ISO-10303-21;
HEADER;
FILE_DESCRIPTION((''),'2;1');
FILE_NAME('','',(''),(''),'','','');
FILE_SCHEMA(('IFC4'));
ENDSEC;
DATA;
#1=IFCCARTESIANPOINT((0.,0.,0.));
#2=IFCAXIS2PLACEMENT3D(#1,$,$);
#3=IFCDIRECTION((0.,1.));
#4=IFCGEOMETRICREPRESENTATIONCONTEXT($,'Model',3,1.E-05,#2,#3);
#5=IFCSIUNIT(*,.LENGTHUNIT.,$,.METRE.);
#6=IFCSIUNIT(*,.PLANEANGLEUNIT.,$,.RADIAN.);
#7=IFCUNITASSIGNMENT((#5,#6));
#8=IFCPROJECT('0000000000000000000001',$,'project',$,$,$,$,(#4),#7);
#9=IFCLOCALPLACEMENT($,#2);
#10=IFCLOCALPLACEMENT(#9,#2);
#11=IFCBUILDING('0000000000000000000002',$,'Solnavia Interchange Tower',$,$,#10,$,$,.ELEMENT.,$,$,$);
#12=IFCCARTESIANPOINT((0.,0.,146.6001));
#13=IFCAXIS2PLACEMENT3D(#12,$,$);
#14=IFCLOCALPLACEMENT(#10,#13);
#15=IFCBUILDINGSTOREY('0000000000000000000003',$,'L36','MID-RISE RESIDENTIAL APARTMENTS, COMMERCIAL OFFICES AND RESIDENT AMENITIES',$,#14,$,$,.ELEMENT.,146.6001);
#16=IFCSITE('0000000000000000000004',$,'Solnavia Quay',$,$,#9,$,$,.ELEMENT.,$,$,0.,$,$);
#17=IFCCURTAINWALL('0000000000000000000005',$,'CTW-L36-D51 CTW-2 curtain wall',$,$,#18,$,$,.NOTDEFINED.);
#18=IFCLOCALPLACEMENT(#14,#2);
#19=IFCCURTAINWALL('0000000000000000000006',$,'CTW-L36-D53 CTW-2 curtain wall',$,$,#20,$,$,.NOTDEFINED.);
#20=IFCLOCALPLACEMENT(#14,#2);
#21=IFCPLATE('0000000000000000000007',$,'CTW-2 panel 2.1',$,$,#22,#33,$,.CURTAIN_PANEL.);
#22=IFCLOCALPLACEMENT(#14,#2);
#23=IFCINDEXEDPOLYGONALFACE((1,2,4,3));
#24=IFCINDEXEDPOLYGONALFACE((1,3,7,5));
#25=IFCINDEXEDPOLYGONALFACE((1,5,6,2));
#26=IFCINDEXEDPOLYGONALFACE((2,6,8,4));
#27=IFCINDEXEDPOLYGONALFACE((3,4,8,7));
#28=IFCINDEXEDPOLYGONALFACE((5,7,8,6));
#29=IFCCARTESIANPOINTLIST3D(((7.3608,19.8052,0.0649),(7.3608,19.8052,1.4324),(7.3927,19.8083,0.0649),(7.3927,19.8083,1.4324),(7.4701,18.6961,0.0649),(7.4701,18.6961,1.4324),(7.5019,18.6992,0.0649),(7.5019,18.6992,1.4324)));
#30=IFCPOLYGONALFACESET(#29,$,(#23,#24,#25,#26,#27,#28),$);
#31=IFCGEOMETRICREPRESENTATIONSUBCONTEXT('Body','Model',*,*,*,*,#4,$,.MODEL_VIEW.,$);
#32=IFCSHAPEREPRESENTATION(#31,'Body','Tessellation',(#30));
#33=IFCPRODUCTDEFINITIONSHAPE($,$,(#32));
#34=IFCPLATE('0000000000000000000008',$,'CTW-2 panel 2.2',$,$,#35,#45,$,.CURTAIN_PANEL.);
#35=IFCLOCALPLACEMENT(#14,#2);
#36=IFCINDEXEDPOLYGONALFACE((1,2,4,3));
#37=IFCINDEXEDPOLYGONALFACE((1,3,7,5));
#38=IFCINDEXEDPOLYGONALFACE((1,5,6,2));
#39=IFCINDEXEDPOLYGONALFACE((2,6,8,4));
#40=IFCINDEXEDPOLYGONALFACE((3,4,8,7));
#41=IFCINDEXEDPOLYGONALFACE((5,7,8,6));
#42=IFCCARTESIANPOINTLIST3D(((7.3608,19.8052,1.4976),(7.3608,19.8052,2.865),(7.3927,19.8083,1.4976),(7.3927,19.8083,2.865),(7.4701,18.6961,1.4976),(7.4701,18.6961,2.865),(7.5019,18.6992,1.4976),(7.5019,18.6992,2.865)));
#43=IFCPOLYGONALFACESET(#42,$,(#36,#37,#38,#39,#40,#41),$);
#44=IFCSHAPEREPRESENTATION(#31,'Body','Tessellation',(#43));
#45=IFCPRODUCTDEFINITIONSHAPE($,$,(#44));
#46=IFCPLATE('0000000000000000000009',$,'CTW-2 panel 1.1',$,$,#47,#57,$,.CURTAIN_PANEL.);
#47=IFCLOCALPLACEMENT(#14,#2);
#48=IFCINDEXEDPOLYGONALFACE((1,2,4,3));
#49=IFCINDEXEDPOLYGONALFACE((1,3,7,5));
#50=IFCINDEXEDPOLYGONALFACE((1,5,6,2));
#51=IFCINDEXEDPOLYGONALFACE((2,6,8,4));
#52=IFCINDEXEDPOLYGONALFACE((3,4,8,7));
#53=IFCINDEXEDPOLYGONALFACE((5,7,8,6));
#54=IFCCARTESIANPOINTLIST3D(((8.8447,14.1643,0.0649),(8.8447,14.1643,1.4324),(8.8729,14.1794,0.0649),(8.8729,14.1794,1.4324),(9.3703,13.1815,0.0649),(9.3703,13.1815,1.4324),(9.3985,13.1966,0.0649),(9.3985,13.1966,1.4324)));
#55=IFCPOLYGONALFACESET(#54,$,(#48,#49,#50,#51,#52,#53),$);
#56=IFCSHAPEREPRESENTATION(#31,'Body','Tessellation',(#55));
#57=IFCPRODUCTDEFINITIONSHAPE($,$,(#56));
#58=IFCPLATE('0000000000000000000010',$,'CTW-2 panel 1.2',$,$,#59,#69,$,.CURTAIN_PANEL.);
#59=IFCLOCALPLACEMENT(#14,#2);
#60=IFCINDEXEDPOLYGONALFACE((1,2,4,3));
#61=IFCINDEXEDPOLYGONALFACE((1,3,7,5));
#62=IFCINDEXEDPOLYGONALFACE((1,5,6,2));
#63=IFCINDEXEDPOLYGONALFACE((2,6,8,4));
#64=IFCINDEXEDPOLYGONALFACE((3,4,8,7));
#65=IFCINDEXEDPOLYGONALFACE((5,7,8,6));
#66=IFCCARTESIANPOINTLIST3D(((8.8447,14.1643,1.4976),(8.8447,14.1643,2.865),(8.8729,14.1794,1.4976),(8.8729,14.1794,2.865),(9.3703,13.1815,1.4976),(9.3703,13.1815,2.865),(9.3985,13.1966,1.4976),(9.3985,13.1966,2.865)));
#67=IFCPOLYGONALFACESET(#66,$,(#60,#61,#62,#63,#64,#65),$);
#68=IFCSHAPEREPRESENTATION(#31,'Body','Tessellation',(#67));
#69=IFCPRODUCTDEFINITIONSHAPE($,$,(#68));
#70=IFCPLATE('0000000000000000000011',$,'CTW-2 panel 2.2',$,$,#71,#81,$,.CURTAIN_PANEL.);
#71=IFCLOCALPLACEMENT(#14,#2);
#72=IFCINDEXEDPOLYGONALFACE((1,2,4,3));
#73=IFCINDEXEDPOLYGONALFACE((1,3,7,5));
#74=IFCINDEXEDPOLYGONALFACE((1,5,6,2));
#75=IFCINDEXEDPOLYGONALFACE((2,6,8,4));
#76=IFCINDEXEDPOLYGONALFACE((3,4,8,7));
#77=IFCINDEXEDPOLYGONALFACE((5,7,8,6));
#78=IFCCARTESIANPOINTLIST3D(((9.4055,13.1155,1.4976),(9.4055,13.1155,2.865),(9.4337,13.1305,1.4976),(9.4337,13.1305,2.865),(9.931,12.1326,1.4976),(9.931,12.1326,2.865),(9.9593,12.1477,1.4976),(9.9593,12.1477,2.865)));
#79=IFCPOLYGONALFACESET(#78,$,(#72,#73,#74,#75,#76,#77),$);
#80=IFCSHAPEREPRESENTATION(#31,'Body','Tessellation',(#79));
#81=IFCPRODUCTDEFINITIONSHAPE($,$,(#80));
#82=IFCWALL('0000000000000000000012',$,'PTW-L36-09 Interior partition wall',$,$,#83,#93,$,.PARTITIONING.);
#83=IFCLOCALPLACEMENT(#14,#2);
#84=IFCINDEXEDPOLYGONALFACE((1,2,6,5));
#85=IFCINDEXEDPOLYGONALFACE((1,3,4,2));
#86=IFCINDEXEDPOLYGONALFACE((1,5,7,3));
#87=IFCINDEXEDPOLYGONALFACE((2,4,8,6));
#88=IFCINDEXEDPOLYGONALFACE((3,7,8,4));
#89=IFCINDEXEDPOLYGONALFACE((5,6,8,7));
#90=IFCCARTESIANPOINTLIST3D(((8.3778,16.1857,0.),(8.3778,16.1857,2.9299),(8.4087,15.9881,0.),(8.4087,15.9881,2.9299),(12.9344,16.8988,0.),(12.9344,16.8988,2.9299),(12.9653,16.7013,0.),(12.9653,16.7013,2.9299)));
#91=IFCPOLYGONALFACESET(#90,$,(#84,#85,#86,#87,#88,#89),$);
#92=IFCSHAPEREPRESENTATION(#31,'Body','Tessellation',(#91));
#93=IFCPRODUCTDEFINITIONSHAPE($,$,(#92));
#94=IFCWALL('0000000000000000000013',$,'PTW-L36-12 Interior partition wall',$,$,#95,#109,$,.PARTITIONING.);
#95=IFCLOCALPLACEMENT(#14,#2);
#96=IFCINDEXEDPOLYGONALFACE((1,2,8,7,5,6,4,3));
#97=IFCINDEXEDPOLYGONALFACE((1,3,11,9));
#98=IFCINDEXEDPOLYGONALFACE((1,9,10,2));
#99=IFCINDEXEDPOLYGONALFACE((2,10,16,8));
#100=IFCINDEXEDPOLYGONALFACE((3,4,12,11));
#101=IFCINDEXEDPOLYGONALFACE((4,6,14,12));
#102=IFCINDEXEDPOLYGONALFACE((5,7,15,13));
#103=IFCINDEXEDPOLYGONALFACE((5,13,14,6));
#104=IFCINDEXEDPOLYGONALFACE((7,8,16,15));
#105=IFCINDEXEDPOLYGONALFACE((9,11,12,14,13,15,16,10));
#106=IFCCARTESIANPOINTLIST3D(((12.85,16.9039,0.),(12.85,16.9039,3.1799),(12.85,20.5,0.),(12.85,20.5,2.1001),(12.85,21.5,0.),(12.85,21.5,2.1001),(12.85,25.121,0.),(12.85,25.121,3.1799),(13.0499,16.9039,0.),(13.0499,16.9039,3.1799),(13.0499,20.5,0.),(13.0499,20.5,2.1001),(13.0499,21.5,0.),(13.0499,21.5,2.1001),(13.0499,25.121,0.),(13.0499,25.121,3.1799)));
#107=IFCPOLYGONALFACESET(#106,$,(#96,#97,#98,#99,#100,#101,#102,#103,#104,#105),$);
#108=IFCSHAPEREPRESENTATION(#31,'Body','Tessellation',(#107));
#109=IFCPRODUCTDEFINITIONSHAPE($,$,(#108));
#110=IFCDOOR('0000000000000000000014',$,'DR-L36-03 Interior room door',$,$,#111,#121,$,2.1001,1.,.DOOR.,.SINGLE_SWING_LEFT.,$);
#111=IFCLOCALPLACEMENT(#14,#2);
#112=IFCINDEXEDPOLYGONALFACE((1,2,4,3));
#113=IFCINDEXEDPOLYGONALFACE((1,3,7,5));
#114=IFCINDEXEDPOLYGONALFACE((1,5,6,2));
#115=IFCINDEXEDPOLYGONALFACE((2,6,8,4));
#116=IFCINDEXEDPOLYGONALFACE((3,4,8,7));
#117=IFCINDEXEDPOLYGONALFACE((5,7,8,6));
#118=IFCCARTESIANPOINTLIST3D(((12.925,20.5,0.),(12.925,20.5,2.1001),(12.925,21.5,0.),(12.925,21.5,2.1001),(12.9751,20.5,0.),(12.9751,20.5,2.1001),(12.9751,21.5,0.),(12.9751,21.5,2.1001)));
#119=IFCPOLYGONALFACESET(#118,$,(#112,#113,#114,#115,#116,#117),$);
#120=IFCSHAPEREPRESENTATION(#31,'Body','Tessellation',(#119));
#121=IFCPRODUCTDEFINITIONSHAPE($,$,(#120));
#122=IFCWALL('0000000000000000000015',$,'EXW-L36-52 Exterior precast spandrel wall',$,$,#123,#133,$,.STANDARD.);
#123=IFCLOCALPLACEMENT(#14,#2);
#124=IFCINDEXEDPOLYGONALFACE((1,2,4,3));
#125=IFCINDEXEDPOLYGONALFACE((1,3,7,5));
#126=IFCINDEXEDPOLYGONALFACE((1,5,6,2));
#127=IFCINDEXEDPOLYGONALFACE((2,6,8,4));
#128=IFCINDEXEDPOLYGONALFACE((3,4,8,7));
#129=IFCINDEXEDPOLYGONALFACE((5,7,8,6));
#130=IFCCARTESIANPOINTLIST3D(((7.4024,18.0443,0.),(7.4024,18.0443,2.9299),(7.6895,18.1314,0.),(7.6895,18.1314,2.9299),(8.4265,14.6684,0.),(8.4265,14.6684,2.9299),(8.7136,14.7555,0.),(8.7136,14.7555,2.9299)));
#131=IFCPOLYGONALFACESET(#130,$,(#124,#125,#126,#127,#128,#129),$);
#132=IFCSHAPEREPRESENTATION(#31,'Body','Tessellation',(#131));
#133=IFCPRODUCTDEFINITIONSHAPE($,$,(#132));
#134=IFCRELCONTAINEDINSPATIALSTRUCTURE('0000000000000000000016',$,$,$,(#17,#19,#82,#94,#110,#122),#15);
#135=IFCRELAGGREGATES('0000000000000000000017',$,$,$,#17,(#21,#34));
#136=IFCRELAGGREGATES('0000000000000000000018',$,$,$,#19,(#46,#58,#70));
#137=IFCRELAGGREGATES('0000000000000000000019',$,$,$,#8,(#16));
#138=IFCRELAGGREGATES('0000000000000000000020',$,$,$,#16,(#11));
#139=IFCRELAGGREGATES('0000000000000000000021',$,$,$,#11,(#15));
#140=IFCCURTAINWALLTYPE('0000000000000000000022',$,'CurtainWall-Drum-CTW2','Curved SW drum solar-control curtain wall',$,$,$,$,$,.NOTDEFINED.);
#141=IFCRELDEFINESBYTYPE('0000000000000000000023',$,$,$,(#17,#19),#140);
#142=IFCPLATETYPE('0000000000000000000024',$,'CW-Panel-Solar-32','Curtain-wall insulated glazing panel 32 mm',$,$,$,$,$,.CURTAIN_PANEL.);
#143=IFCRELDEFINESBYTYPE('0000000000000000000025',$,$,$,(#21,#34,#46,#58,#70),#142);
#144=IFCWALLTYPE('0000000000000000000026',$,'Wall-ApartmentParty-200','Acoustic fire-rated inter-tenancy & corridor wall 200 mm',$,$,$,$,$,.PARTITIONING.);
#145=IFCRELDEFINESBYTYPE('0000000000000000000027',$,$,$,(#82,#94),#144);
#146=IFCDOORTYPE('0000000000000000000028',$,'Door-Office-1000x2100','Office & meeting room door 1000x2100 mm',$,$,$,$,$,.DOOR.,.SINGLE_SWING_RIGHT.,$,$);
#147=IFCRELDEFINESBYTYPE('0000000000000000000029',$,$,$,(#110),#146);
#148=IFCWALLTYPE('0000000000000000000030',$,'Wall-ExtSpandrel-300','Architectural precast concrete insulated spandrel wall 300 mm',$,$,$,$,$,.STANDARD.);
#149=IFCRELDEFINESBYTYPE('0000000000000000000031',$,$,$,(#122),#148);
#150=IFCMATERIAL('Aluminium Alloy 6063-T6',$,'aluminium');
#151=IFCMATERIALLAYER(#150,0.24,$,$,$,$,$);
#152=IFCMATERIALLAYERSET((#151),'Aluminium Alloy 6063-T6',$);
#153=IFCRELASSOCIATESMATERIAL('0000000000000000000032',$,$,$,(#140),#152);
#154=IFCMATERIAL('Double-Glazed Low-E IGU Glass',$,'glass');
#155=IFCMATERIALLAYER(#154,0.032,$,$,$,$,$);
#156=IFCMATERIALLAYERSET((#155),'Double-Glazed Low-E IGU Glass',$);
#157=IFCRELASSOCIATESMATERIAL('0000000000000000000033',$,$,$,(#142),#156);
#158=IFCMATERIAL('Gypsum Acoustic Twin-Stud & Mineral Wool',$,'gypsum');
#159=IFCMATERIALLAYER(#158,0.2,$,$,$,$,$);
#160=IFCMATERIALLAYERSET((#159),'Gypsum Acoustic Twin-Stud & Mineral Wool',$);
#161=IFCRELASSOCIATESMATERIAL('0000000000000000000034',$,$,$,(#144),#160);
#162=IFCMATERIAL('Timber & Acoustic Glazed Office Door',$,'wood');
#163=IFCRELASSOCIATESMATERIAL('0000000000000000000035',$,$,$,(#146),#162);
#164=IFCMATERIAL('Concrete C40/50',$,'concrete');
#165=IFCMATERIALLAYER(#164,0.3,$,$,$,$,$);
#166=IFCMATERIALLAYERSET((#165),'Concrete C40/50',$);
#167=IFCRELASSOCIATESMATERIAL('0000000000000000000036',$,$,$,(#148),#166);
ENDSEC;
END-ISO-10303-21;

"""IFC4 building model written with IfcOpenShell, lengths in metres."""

from ifc_helpers import new_model, si_unit, direction, frame, frame_2d, origin, origin_2d, place, context, subcontext, project, spatial, rectangle, extrude, material, layer, layer_set, type_object, element, fill, aggregate, save


model = new_model("IFC4")

# Units and contexts
model_context = context("Model", 3, precision=1e-05, world=origin(), true_north=direction((0.0, 1.0)))
body_context = subcontext(model_context, "Body", "Model", "MODEL_VIEW")
ifc_project = project(units=[si_unit("LENGTHUNIT", "METRE"), si_unit("PLANEANGLEUNIT", "RADIAN")], contexts=[model_context])

# Site, building, storey
site_placement = place(None, origin())
site = spatial("IfcSite", under=ifc_project, at=site_placement, Name="Solnavia Quay", CompositionType="ELEMENT", RefElevation=0.0)
building_placement = place(site_placement, origin())
building = spatial("IfcBuilding", under=site, at=building_placement, Name="Solnavia Interchange Tower", CompositionType="ELEMENT")
storey_placement = place(building_placement, frame((0.0, 0.0, 146.6001)))
storey = spatial("IfcBuildingStorey", under=building, at=storey_placement, Name="L36", Description="MID-RISE RESIDENTIAL APARTMENTS, COMMERCIAL OFFICES AND RESIDENT AMENITIES", CompositionType="ELEMENT", Elevation=146.6001)

# Curtain wall
ifc_material_1 = material(Name="Aluminium Alloy 6063-T6", Category="aluminium")
ifc_layer_1 = layer(ifc_material_1, 0.24)
ifc_layer_set_1 = layer_set([ifc_layer_1], Name="Aluminium Alloy 6063-T6")
curtain_wall_type = type_object("IfcCurtainWallType", Name="CurtainWall-Drum-CTW2", Description="Curved SW drum solar-control curtain wall", PredefinedType="NOTDEFINED", material=ifc_layer_set_1)
curtain_wall_1_placement = place(storey_placement, origin())
curtain_wall_1 = element("IfcCurtainWall", 1, at=curtain_wall_1_placement, inside=storey, type_object=curtain_wall_type, Name="CTW-L36-D51 CTW-2 curtain wall", PredefinedType="NOTDEFINED")

# Curtain wall
curtain_wall_2_placement = place(storey_placement, origin())
curtain_wall_2 = element("IfcCurtainWall", 2, at=curtain_wall_2_placement, inside=storey, type_object=curtain_wall_type, Name="CTW-L36-D53 CTW-2 curtain wall", PredefinedType="NOTDEFINED")

# Plates
ifc_material_2 = material(Name="Double-Glazed Low-E IGU Glass", Category="glass")
ifc_layer_2 = layer(ifc_material_2, 0.032)
ifc_layer_set_2 = layer_set([ifc_layer_2], Name="Double-Glazed Low-E IGU Glass")
plate_type = type_object("IfcPlateType", Name="CW-Panel-Solar-32", Description="Curtain-wall insulated glazing panel 32 mm", PredefinedType="CURTAIN_PANEL", material=ifc_layer_set_2)
plate_1_placement = place(storey_placement, frame((7.4314, 19.2522, 0.0649), z_axis=(0.0, 0.0, 1.0), x_axis=(0.098043, -0.995182, 0.0)))
plate_1 = element("IfcPlate", 3, at=plate_1_placement, type_object=plate_type, Name="CTW-2 panel 2.1", PredefinedType="CURTAIN_PANEL", context=body_context, shape_type="SweptSolid", body=[
    extrude(rectangle(XDim=1.1145, YDim=0.032, at=origin_2d()), origin(), (0.0, 0.0, 1.0), 1.3674),
])
plate_2_placement = place(storey_placement, frame((7.4314, 19.2522, 1.4976), z_axis=(0.0, 0.0, 1.0), x_axis=(0.098043, -0.995182, 0.0)))
plate_2 = element("IfcPlate", 4, at=plate_2_placement, type_object=plate_type, Name="CTW-2 panel 2.2", PredefinedType="CURTAIN_PANEL", context=body_context, shape_type="SweptSolid", body=[
    extrude(rectangle(XDim=1.1145, YDim=0.032, at=origin_2d()), origin(), (0.0, 0.0, 1.0), 1.3674),
])
aggregate(curtain_wall_1, [plate_1, plate_2])
plate_3_placement = place(storey_placement, frame((9.1216, 13.6804, 0.0649), z_axis=(0.0, 0.0, 1.0), x_axis=(0.471561, -0.881834, 0.0)))
plate_3 = element("IfcPlate", 5, at=plate_3_placement, type_object=plate_type, Name="CTW-2 panel 1.1", PredefinedType="CURTAIN_PANEL", context=body_context, shape_type="SweptSolid", body=[
    extrude(rectangle(XDim=1.1145, YDim=0.032, at=origin_2d()), origin(), (0.0, 0.0, 1.0), 1.3674),
])
plate_4_placement = place(storey_placement, frame((9.1216, 13.6804, 1.4976), z_axis=(0.0, 0.0, 1.0), x_axis=(0.471561, -0.881834, 0.0)))
plate_4 = element("IfcPlate", 6, at=plate_4_placement, type_object=plate_type, Name="CTW-2 panel 1.2", PredefinedType="CURTAIN_PANEL", context=body_context, shape_type="SweptSolid", body=[
    extrude(rectangle(XDim=1.1145, YDim=0.032, at=origin_2d()), origin(), (0.0, 0.0, 1.0), 1.3674),
])
plate_5_placement = place(storey_placement, frame((9.6824, 12.6316, 1.4976), z_axis=(0.0, 0.0, 1.0), x_axis=(0.471561, -0.881834, 0.0)))
plate_5 = element("IfcPlate", 7, at=plate_5_placement, type_object=plate_type, Name="CTW-2 panel 2.2", PredefinedType="CURTAIN_PANEL", context=body_context, shape_type="SweptSolid", body=[
    extrude(rectangle(XDim=1.1145, YDim=0.032, at=origin_2d()), origin(), (0.0, 0.0, 1.0), 1.3674),
])
aggregate(curtain_wall_2, [plate_3, plate_4, plate_5])

# Wall
ifc_material_3 = material(Name="Gypsum Acoustic Twin-Stud & Mineral Wool", Category="gypsum")
ifc_layer_3 = layer(ifc_material_3, 0.2)
ifc_layer_set_3 = layer_set([ifc_layer_3], Name="Gypsum Acoustic Twin-Stud & Mineral Wool")
wall_type_1 = type_object("IfcWallType", Name="Wall-ApartmentParty-200", Description="Acoustic fire-rated inter-tenancy & corridor wall 200 mm", PredefinedType="PARTITIONING", material=ifc_layer_set_3)
wall_1_placement = place(storey_placement, frame((12.95, 16.8, 0.0), z_axis=(0.0, 0.0, 1.0), x_axis=(-0.987974, -0.154622, 0.0)))
element("IfcWall", 8, at=wall_1_placement, inside=storey, type_object=wall_type_1, Name="PTW-L36-09 Interior partition wall", PredefinedType="PARTITIONING", context=body_context, shape_type="SweptSolid", body=[
    extrude(rectangle(XDim=4.6121, YDim=0.2, at=frame_2d((2.3062, 0.0))), origin(), (0.0, 0.0, 1.0), 2.9299),
])

# Wall, opening, door
wall_2_placement = place(storey_placement, frame((12.95, 16.9041, 0.0), z_axis=(0.0, 0.0, 1.0), x_axis=(0.0, 1.0, 0.0)))
wall_2 = element("IfcWall", 9, at=wall_2_placement, inside=storey, type_object=wall_type_1, Name="PTW-L36-12 Interior partition wall", PredefinedType="PARTITIONING", context=body_context, shape_type="SweptSolid", body=[
    extrude(rectangle(XDim=8.217, YDim=0.2, at=frame_2d((4.1084, 0.0))), origin(), (0.0, 0.0, 1.0), 3.1799),
])
opening_placement = place(wall_2_placement, frame((3.5959, 0.0, 0.0)))
opening = element("IfcOpeningElement", 10, at=opening_placement, cuts=wall_2, PredefinedType="OPENING", context=body_context, shape_type="SweptSolid", body=[
    extrude(rectangle(XDim=1.0, YDim=2.1001, at=frame_2d((0.5, 1.05))), frame((0.0, 0.1099, 0.0), z_axis=(0.0, -1.0, 0.0), x_axis=(1.0, 0.0, 0.0)), (0.0, 0.0, 1.0), 0.22),
])
ifc_material_4 = material(Name="Timber & Acoustic Glazed Office Door", Category="wood")
door_type = type_object("IfcDoorType", Name="Door-Office-1000x2100", Description="Office & meeting room door 1000x2100 mm", OperationType="SINGLE_SWING_RIGHT", PredefinedType="DOOR", material=ifc_material_4)
door_placement = place(opening_placement, origin())
door = element("IfcDoor", 11, at=door_placement, inside=storey, type_object=door_type, Name="DR-L36-03 Interior room door", OperationType="SINGLE_SWING_LEFT", OverallHeight=2.1001, OverallWidth=1.0, PredefinedType="DOOR", context=body_context, shape_type="SweptSolid", body=[
    extrude(rectangle(XDim=1.0, YDim=2.1001, at=frame_2d((0.5, 1.05))), frame((0.0, 0.0249, 0.0), z_axis=(0.0, -1.0, 0.0), x_axis=(1.0, 0.0, 0.0)), (0.0, 0.0, 1.0), 0.05),
])
fill(opening, door)

# Wall
ifc_material_5 = material(Name="Concrete C40/50", Category="concrete")
ifc_layer_4 = layer(ifc_material_5, 0.3)
ifc_layer_set_4 = layer_set([ifc_layer_4], Name="Concrete C40/50")
wall_type_2 = type_object("IfcWallType", Name="Wall-ExtSpandrel-300", Description="Architectural precast concrete insulated spandrel wall 300 mm", PredefinedType="STANDARD", material=ifc_layer_set_4)
wall_3_placement = place(storey_placement, frame((8.5701, 14.7119, 0.0), z_axis=(0.0, 0.0, 1.0), x_axis=(-0.290305, 0.956934, 0.0)))
element("IfcWall", 12, at=wall_3_placement, inside=storey, type_object=wall_type_2, Name="EXW-L36-52 Exterior precast spandrel wall", PredefinedType="STANDARD", context=body_context, shape_type="SweptSolid", body=[
    extrude(rectangle(XDim=3.5278, YDim=0.3, at=frame_2d((1.7639, 0.0))), origin(), (0.0, 0.0, 1.0), 2.9299),
])

save(model, "model.ifc")
